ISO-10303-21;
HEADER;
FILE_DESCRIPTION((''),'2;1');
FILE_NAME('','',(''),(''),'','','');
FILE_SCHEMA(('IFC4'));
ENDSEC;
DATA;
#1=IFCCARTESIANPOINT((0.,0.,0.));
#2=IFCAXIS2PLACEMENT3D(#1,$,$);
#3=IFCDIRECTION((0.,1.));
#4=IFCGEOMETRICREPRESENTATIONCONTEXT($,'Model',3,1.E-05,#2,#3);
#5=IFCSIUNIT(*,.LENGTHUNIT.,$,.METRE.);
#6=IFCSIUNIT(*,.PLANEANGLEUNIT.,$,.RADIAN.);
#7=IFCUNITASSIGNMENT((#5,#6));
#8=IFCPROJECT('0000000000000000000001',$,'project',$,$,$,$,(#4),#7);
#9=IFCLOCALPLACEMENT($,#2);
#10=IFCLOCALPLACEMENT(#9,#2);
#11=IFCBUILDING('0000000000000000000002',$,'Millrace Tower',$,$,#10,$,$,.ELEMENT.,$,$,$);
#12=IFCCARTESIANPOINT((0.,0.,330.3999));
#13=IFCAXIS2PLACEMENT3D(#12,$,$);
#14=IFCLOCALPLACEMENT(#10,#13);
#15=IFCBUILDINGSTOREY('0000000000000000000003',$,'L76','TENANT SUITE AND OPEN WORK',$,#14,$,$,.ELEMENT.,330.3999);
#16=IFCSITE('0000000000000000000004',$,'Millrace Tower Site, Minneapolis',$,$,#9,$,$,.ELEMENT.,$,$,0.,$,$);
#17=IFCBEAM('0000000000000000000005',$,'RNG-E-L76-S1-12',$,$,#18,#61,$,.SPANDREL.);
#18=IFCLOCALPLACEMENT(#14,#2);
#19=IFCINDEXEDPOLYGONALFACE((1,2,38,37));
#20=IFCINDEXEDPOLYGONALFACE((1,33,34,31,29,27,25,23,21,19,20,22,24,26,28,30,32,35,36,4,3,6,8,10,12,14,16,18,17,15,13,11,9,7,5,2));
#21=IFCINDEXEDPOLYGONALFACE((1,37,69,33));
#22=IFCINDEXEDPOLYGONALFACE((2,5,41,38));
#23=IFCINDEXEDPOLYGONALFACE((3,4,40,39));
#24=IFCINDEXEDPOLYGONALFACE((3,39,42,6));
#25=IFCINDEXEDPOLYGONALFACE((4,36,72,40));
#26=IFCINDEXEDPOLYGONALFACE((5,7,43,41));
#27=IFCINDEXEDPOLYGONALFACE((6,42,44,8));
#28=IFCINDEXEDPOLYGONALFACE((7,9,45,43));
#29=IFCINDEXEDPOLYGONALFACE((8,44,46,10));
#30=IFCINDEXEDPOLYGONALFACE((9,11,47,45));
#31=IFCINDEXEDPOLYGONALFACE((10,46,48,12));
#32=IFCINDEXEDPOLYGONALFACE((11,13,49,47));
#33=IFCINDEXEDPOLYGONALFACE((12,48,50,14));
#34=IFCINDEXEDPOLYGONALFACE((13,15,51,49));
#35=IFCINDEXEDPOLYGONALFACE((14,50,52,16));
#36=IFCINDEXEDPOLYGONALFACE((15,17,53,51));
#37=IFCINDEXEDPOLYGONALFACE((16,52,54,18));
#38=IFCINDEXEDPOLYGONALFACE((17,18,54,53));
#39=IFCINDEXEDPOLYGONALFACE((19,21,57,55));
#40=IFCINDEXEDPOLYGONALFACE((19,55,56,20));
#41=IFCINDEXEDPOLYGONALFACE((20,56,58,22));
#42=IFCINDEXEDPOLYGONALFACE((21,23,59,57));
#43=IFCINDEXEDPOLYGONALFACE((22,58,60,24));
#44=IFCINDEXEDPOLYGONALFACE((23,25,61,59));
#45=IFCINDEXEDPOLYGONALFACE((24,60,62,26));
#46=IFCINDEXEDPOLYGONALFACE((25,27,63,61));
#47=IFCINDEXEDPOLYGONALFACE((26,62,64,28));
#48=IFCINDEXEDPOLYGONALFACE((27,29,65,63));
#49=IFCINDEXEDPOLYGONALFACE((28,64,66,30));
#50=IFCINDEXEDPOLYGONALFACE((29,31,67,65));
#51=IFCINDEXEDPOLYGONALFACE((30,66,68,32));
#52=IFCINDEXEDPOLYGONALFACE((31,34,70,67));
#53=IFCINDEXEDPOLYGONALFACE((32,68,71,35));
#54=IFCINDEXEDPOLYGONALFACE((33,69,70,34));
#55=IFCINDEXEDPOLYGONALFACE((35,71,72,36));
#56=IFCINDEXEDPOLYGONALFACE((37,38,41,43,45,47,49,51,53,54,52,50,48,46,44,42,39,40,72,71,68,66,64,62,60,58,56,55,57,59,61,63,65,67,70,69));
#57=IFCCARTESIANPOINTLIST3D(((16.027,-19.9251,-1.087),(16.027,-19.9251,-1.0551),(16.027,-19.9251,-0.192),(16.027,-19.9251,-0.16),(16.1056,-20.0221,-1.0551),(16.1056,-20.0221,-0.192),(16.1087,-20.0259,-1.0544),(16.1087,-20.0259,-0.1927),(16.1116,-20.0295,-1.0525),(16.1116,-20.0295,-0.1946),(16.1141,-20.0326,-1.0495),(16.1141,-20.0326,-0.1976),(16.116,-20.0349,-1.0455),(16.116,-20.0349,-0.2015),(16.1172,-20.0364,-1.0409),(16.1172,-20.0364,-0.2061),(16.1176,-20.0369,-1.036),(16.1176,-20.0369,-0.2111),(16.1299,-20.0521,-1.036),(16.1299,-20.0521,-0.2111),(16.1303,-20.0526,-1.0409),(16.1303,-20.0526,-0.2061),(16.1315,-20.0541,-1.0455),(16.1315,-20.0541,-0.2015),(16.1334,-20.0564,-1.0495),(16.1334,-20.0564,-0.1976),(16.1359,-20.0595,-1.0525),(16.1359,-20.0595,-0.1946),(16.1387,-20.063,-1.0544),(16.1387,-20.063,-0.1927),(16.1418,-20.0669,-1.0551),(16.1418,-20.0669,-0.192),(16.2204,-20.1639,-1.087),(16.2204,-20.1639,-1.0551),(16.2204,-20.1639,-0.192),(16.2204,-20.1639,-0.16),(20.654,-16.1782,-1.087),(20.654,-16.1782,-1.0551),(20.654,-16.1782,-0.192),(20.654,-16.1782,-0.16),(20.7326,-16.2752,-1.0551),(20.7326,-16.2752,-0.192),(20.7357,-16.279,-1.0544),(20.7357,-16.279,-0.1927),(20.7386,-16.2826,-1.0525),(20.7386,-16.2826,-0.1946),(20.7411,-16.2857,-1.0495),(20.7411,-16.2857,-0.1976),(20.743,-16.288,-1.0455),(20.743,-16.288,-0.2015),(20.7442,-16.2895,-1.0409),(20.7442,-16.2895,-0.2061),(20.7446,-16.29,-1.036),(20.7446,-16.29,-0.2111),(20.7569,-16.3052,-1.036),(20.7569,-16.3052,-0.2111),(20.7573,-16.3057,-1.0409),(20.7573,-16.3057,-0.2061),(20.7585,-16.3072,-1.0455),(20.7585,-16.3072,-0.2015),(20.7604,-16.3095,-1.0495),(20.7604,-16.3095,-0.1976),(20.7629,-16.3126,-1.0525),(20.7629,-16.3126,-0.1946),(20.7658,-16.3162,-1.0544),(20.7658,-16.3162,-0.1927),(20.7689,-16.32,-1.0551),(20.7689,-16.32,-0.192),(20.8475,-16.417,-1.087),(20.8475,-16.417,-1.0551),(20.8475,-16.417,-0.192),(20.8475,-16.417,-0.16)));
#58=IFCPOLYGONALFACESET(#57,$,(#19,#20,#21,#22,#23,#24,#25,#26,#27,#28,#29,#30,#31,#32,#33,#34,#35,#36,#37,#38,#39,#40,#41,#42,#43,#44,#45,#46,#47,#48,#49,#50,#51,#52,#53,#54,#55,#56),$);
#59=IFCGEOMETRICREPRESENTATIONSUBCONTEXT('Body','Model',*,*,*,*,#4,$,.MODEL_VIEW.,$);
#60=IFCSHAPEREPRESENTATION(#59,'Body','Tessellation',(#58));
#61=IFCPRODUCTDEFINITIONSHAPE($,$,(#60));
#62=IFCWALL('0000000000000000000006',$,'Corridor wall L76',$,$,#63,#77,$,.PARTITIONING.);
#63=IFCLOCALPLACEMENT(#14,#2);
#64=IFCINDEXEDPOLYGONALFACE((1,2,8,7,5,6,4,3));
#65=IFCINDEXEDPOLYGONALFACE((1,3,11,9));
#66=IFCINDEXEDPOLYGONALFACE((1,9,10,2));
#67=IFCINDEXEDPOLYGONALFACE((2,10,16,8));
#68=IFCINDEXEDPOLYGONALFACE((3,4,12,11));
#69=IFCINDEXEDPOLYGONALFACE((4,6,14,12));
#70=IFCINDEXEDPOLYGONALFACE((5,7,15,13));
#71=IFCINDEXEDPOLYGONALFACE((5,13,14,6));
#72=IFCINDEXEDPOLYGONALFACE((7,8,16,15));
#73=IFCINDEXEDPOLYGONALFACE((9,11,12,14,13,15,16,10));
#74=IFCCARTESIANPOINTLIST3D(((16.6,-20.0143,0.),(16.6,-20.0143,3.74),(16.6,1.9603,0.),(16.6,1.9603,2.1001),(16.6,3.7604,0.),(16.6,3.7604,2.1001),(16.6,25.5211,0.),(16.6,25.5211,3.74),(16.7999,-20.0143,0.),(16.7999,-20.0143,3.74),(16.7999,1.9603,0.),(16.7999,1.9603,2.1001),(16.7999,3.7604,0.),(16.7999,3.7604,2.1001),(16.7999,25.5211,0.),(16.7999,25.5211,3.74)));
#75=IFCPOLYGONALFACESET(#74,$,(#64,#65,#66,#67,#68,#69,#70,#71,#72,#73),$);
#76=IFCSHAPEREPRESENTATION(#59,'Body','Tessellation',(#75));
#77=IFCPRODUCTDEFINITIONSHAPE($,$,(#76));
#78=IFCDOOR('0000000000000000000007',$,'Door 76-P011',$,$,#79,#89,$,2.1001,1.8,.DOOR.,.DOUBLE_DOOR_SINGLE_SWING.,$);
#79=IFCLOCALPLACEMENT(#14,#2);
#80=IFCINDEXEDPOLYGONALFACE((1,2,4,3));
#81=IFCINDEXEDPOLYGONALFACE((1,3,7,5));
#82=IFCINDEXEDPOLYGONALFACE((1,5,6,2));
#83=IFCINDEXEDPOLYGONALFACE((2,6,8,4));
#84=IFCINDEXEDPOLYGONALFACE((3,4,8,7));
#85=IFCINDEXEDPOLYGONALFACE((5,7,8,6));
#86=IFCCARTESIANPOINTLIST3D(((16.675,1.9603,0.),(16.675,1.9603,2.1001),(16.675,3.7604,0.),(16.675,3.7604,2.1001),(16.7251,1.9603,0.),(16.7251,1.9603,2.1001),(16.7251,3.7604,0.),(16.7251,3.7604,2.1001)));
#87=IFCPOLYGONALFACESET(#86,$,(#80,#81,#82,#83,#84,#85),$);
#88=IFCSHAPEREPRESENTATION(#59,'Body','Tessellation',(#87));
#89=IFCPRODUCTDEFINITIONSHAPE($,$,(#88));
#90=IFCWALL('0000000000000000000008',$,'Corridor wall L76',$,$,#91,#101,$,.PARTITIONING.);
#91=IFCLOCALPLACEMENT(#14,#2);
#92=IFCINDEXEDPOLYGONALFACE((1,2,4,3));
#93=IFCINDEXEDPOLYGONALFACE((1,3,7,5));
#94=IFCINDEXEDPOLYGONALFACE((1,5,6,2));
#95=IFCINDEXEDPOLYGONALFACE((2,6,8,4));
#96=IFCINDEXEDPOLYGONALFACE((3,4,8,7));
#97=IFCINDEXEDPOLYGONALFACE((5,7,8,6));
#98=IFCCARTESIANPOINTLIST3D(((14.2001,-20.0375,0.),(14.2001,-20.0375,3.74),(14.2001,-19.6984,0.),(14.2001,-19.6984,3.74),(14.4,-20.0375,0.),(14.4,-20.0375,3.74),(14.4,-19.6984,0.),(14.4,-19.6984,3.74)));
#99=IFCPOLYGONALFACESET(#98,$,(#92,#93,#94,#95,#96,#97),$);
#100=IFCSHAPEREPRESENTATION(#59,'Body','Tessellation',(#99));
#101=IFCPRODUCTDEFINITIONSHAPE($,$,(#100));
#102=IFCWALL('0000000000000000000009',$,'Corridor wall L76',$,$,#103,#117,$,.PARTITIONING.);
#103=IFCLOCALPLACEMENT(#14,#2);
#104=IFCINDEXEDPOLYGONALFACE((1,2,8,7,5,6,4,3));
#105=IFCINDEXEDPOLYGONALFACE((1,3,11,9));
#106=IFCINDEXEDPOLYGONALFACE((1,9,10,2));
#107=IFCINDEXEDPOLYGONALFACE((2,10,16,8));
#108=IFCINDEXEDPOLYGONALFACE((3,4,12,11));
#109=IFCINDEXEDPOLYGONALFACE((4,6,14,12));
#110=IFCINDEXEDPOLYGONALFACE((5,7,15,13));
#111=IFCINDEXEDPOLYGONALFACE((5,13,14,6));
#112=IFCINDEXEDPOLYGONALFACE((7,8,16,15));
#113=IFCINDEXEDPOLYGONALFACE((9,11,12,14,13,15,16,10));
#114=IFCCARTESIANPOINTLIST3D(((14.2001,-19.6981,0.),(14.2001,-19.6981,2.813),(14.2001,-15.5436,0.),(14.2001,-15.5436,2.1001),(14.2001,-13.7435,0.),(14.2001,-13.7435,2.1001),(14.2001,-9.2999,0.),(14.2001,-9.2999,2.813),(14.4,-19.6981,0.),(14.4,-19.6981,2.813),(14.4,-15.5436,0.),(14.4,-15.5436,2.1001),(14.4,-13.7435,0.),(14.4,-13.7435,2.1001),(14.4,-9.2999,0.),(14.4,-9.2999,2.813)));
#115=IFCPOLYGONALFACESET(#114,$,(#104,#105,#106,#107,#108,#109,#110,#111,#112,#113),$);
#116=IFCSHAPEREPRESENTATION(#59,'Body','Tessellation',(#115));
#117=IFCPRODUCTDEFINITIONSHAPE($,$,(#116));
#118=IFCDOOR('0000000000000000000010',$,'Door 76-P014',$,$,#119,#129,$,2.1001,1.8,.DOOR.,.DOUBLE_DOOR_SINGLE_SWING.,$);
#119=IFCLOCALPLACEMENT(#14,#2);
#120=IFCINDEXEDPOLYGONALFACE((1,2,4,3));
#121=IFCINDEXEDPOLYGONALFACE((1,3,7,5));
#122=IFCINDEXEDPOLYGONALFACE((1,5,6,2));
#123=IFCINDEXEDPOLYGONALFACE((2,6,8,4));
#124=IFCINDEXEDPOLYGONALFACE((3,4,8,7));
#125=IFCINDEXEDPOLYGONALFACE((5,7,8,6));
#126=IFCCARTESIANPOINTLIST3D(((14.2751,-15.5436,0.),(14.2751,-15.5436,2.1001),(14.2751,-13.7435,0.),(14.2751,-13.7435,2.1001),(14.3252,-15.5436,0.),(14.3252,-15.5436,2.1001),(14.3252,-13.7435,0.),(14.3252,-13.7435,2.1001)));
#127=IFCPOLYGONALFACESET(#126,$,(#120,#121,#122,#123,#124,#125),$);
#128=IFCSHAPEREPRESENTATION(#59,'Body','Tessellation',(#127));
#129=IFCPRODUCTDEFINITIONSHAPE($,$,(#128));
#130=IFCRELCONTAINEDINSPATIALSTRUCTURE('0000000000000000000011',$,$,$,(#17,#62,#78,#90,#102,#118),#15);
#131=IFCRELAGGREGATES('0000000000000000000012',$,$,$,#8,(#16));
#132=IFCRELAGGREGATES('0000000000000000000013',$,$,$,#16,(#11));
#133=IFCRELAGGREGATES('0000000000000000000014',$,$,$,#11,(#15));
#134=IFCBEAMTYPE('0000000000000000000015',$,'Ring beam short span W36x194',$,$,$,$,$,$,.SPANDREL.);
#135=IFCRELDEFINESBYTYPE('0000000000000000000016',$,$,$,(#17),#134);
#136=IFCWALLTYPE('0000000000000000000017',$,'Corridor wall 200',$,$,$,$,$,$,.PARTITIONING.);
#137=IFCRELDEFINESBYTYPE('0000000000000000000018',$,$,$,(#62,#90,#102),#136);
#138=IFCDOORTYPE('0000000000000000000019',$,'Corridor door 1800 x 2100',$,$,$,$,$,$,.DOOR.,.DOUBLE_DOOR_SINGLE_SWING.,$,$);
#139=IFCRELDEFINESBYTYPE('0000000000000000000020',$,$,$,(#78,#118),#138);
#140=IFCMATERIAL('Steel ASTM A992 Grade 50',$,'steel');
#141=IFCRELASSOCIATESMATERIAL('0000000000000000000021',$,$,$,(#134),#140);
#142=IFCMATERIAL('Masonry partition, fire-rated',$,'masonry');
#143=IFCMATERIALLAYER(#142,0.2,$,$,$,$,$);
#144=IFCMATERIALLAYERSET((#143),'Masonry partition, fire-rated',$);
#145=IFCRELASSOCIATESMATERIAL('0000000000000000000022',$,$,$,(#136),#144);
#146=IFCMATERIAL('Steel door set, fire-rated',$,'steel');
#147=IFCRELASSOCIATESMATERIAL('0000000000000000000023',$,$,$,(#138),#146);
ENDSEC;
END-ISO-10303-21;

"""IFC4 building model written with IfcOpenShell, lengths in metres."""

from ifc_helpers import new_model, si_unit, direction, frame, frame_2d, origin, origin_2d, place, context, subcontext, project, spatial, rectangle, i_section, extrude, material, layer, layer_set, material_profile, profile_set, type_object, element, fill, save


model = new_model("IFC4")

# Units and contexts
model_context = context("Model", 3, precision=1e-05, world=origin(), true_north=direction((0.0, 1.0)))
body_context = subcontext(model_context, "Body", "Model", "MODEL_VIEW")
ifc_project = project(units=[si_unit("LENGTHUNIT", "METRE"), si_unit("PLANEANGLEUNIT", "RADIAN")], contexts=[model_context])

# Site, building, storey
site_placement = place(None, origin())
site = spatial("IfcSite", under=ifc_project, at=site_placement, Name="Millrace Tower Site, Minneapolis", CompositionType="ELEMENT", RefElevation=0.0)
building_placement = place(site_placement, origin())
building = spatial("IfcBuilding", under=site, at=building_placement, Name="Millrace Tower", CompositionType="ELEMENT")
storey_placement = place(building_placement, frame((0.0, 0.0, 330.3999)))
storey = spatial("IfcBuildingStorey", under=building, at=storey_placement, Name="L76", Description="TENANT SUITE AND OPEN WORK", CompositionType="ELEMENT", Elevation=330.3999)

# Beam
ifc_material_1 = material(Name="Steel ASTM A992 Grade 50", Category="steel")
ifc_material_profile_1 = material_profile(ifc_material_1, i_section(OverallWidth=0.3074, OverallDepth=0.927, WebThickness=0.0195, FlangeThickness=0.032, FilletRadius=0.019, at=origin_2d()))
ifc_profile_set_1 = profile_set([ifc_material_profile_1], Name="Steel ASTM A992 Grade 50")
beam_type_1 = type_object("IfcBeamType", Name="Ring beam short span W36x194", PredefinedType="SPANDREL", material=ifc_profile_set_1)
beam_1_placement = place(storey_placement, frame((20.7507, -16.2976, -0.6235), z_axis=(-0.777147, -0.62932, 0.0), x_axis=(0.62932, -0.777147, 0.0)))
element("IfcBeam", 1, at=beam_1_placement, inside=storey, type_object=beam_type_1, Name="RNG-E-L76-S1-12", PredefinedType="SPANDREL", context=body_context, shape_type="SweptSolid", body=[
    extrude(i_section(OverallWidth=0.3074, OverallDepth=0.927, WebThickness=0.0195, FlangeThickness=0.032, FilletRadius=0.019, at=origin_2d()), origin(), (0.0, 0.0, 1.0), 5.9539),
])

# Wall, opening, door
ifc_material_2 = material(Name="Masonry partition, fire-rated", Category="masonry")
ifc_layer_1 = layer(ifc_material_2, 0.2)
ifc_layer_set_1 = layer_set([ifc_layer_1], Name="Masonry partition, fire-rated")
wall_type = type_object("IfcWallType", Name="Corridor wall 200", PredefinedType="PARTITIONING", material=ifc_layer_set_1)
wall_1_placement = place(storey_placement, frame((16.7, -20.0142, 0.0), z_axis=(0.0, 0.0, 1.0), x_axis=(0.0, 1.0, 0.0)))
wall_1 = element("IfcWall", 2, at=wall_1_placement, inside=storey, type_object=wall_type, Name="Corridor wall L76", PredefinedType="PARTITIONING", context=body_context, shape_type="SweptSolid", body=[
    extrude(rectangle(XDim=45.5354, YDim=0.2, at=frame_2d((22.7676, 0.0))), origin(), (0.0, 0.0, 1.0), 3.74),
])
opening_1_placement = place(wall_1_placement, frame((21.9746, 0.0, 0.0)))
opening_1 = element("IfcOpeningElement", 3, at=opening_1_placement, cuts=wall_1, PredefinedType="OPENING", context=body_context, shape_type="SweptSolid", body=[
    extrude(rectangle(XDim=1.8, YDim=2.1001, at=frame_2d((0.8999, 1.05))), frame((0.0, 0.1099, 0.0), z_axis=(0.0, -1.0, 0.0), x_axis=(1.0, 0.0, 0.0)), (0.0, 0.0, 1.0), 0.22),
])
ifc_material_3 = material(Name="Steel door set, fire-rated", Category="steel")
door_type = type_object("IfcDoorType", Name="Corridor door 1800 x 2100", OperationType="DOUBLE_DOOR_SINGLE_SWING", PredefinedType="DOOR", material=ifc_material_3)
door_1_placement = place(opening_1_placement, origin())
door_1 = element("IfcDoor", 4, at=door_1_placement, inside=storey, type_object=door_type, Name="Door 76-P011", OperationType="DOUBLE_DOOR_SINGLE_SWING", OverallHeight=2.1001, OverallWidth=1.8, PredefinedType="DOOR", context=body_context, shape_type="SweptSolid", body=[
    extrude(rectangle(XDim=1.8, YDim=2.1001, at=frame_2d((0.8999, 1.05))), frame((0.0, 0.0249, 0.0), z_axis=(0.0, -1.0, 0.0), x_axis=(1.0, 0.0, 0.0)), (0.0, 0.0, 1.0), 0.05),
])
fill(opening_1, door_1)

# Wall
wall_2_placement = place(storey_placement, frame((14.3, -20.0374, 0.0), z_axis=(0.0, 0.0, 1.0), x_axis=(0.0, 1.0, 0.0)))
element("IfcWall", 5, at=wall_2_placement, inside=storey, type_object=wall_type, Name="Corridor wall L76", PredefinedType="PARTITIONING", context=body_context, shape_type="SweptSolid", body=[
    extrude(rectangle(XDim=0.3391, YDim=0.2, at=frame_2d((0.1694, 0.0))), origin(), (0.0, 0.0, 1.0), 3.74),
])

# Wall, opening, door
wall_3_placement = place(storey_placement, frame((14.3, -19.6982, 0.0), z_axis=(0.0, 0.0, 1.0), x_axis=(0.0, 1.0, 0.0)))
wall_3 = element("IfcWall", 6, at=wall_3_placement, inside=storey, type_object=wall_type, Name="Corridor wall L76", PredefinedType="PARTITIONING", context=body_context, shape_type="SweptSolid", body=[
    extrude(rectangle(XDim=10.3982, YDim=0.2, at=frame_2d((5.1992, 0.0))), origin(), (0.0, 0.0, 1.0), 2.813),
])
opening_2_placement = place(wall_3_placement, frame((4.1548, 0.0, 0.0)))
opening_2 = element("IfcOpeningElement", 7, at=opening_2_placement, cuts=wall_3, PredefinedType="OPENING", context=body_context, shape_type="SweptSolid", body=[
    extrude(rectangle(XDim=1.8, YDim=2.1001, at=frame_2d((0.8999, 1.05))), frame((0.0, 0.1099, 0.0), z_axis=(0.0, -1.0, 0.0), x_axis=(1.0, 0.0, 0.0)), (0.0, 0.0, 1.0), 0.22),
])
door_2_placement = place(opening_2_placement, origin())
door_2 = element("IfcDoor", 8, at=door_2_placement, inside=storey, type_object=door_type, Name="Door 76-P014", OperationType="DOUBLE_DOOR_SINGLE_SWING", OverallHeight=2.1001, OverallWidth=1.8, PredefinedType="DOOR", context=body_context, shape_type="SweptSolid", body=[
    extrude(rectangle(XDim=1.8, YDim=2.1001, at=frame_2d((0.8999, 1.05))), frame((0.0, 0.0249, 0.0), z_axis=(0.0, -1.0, 0.0), x_axis=(1.0, 0.0, 0.0)), (0.0, 0.0, 1.0), 0.05),
])
fill(opening_2, door_2)

save(model, "model.ifc")
